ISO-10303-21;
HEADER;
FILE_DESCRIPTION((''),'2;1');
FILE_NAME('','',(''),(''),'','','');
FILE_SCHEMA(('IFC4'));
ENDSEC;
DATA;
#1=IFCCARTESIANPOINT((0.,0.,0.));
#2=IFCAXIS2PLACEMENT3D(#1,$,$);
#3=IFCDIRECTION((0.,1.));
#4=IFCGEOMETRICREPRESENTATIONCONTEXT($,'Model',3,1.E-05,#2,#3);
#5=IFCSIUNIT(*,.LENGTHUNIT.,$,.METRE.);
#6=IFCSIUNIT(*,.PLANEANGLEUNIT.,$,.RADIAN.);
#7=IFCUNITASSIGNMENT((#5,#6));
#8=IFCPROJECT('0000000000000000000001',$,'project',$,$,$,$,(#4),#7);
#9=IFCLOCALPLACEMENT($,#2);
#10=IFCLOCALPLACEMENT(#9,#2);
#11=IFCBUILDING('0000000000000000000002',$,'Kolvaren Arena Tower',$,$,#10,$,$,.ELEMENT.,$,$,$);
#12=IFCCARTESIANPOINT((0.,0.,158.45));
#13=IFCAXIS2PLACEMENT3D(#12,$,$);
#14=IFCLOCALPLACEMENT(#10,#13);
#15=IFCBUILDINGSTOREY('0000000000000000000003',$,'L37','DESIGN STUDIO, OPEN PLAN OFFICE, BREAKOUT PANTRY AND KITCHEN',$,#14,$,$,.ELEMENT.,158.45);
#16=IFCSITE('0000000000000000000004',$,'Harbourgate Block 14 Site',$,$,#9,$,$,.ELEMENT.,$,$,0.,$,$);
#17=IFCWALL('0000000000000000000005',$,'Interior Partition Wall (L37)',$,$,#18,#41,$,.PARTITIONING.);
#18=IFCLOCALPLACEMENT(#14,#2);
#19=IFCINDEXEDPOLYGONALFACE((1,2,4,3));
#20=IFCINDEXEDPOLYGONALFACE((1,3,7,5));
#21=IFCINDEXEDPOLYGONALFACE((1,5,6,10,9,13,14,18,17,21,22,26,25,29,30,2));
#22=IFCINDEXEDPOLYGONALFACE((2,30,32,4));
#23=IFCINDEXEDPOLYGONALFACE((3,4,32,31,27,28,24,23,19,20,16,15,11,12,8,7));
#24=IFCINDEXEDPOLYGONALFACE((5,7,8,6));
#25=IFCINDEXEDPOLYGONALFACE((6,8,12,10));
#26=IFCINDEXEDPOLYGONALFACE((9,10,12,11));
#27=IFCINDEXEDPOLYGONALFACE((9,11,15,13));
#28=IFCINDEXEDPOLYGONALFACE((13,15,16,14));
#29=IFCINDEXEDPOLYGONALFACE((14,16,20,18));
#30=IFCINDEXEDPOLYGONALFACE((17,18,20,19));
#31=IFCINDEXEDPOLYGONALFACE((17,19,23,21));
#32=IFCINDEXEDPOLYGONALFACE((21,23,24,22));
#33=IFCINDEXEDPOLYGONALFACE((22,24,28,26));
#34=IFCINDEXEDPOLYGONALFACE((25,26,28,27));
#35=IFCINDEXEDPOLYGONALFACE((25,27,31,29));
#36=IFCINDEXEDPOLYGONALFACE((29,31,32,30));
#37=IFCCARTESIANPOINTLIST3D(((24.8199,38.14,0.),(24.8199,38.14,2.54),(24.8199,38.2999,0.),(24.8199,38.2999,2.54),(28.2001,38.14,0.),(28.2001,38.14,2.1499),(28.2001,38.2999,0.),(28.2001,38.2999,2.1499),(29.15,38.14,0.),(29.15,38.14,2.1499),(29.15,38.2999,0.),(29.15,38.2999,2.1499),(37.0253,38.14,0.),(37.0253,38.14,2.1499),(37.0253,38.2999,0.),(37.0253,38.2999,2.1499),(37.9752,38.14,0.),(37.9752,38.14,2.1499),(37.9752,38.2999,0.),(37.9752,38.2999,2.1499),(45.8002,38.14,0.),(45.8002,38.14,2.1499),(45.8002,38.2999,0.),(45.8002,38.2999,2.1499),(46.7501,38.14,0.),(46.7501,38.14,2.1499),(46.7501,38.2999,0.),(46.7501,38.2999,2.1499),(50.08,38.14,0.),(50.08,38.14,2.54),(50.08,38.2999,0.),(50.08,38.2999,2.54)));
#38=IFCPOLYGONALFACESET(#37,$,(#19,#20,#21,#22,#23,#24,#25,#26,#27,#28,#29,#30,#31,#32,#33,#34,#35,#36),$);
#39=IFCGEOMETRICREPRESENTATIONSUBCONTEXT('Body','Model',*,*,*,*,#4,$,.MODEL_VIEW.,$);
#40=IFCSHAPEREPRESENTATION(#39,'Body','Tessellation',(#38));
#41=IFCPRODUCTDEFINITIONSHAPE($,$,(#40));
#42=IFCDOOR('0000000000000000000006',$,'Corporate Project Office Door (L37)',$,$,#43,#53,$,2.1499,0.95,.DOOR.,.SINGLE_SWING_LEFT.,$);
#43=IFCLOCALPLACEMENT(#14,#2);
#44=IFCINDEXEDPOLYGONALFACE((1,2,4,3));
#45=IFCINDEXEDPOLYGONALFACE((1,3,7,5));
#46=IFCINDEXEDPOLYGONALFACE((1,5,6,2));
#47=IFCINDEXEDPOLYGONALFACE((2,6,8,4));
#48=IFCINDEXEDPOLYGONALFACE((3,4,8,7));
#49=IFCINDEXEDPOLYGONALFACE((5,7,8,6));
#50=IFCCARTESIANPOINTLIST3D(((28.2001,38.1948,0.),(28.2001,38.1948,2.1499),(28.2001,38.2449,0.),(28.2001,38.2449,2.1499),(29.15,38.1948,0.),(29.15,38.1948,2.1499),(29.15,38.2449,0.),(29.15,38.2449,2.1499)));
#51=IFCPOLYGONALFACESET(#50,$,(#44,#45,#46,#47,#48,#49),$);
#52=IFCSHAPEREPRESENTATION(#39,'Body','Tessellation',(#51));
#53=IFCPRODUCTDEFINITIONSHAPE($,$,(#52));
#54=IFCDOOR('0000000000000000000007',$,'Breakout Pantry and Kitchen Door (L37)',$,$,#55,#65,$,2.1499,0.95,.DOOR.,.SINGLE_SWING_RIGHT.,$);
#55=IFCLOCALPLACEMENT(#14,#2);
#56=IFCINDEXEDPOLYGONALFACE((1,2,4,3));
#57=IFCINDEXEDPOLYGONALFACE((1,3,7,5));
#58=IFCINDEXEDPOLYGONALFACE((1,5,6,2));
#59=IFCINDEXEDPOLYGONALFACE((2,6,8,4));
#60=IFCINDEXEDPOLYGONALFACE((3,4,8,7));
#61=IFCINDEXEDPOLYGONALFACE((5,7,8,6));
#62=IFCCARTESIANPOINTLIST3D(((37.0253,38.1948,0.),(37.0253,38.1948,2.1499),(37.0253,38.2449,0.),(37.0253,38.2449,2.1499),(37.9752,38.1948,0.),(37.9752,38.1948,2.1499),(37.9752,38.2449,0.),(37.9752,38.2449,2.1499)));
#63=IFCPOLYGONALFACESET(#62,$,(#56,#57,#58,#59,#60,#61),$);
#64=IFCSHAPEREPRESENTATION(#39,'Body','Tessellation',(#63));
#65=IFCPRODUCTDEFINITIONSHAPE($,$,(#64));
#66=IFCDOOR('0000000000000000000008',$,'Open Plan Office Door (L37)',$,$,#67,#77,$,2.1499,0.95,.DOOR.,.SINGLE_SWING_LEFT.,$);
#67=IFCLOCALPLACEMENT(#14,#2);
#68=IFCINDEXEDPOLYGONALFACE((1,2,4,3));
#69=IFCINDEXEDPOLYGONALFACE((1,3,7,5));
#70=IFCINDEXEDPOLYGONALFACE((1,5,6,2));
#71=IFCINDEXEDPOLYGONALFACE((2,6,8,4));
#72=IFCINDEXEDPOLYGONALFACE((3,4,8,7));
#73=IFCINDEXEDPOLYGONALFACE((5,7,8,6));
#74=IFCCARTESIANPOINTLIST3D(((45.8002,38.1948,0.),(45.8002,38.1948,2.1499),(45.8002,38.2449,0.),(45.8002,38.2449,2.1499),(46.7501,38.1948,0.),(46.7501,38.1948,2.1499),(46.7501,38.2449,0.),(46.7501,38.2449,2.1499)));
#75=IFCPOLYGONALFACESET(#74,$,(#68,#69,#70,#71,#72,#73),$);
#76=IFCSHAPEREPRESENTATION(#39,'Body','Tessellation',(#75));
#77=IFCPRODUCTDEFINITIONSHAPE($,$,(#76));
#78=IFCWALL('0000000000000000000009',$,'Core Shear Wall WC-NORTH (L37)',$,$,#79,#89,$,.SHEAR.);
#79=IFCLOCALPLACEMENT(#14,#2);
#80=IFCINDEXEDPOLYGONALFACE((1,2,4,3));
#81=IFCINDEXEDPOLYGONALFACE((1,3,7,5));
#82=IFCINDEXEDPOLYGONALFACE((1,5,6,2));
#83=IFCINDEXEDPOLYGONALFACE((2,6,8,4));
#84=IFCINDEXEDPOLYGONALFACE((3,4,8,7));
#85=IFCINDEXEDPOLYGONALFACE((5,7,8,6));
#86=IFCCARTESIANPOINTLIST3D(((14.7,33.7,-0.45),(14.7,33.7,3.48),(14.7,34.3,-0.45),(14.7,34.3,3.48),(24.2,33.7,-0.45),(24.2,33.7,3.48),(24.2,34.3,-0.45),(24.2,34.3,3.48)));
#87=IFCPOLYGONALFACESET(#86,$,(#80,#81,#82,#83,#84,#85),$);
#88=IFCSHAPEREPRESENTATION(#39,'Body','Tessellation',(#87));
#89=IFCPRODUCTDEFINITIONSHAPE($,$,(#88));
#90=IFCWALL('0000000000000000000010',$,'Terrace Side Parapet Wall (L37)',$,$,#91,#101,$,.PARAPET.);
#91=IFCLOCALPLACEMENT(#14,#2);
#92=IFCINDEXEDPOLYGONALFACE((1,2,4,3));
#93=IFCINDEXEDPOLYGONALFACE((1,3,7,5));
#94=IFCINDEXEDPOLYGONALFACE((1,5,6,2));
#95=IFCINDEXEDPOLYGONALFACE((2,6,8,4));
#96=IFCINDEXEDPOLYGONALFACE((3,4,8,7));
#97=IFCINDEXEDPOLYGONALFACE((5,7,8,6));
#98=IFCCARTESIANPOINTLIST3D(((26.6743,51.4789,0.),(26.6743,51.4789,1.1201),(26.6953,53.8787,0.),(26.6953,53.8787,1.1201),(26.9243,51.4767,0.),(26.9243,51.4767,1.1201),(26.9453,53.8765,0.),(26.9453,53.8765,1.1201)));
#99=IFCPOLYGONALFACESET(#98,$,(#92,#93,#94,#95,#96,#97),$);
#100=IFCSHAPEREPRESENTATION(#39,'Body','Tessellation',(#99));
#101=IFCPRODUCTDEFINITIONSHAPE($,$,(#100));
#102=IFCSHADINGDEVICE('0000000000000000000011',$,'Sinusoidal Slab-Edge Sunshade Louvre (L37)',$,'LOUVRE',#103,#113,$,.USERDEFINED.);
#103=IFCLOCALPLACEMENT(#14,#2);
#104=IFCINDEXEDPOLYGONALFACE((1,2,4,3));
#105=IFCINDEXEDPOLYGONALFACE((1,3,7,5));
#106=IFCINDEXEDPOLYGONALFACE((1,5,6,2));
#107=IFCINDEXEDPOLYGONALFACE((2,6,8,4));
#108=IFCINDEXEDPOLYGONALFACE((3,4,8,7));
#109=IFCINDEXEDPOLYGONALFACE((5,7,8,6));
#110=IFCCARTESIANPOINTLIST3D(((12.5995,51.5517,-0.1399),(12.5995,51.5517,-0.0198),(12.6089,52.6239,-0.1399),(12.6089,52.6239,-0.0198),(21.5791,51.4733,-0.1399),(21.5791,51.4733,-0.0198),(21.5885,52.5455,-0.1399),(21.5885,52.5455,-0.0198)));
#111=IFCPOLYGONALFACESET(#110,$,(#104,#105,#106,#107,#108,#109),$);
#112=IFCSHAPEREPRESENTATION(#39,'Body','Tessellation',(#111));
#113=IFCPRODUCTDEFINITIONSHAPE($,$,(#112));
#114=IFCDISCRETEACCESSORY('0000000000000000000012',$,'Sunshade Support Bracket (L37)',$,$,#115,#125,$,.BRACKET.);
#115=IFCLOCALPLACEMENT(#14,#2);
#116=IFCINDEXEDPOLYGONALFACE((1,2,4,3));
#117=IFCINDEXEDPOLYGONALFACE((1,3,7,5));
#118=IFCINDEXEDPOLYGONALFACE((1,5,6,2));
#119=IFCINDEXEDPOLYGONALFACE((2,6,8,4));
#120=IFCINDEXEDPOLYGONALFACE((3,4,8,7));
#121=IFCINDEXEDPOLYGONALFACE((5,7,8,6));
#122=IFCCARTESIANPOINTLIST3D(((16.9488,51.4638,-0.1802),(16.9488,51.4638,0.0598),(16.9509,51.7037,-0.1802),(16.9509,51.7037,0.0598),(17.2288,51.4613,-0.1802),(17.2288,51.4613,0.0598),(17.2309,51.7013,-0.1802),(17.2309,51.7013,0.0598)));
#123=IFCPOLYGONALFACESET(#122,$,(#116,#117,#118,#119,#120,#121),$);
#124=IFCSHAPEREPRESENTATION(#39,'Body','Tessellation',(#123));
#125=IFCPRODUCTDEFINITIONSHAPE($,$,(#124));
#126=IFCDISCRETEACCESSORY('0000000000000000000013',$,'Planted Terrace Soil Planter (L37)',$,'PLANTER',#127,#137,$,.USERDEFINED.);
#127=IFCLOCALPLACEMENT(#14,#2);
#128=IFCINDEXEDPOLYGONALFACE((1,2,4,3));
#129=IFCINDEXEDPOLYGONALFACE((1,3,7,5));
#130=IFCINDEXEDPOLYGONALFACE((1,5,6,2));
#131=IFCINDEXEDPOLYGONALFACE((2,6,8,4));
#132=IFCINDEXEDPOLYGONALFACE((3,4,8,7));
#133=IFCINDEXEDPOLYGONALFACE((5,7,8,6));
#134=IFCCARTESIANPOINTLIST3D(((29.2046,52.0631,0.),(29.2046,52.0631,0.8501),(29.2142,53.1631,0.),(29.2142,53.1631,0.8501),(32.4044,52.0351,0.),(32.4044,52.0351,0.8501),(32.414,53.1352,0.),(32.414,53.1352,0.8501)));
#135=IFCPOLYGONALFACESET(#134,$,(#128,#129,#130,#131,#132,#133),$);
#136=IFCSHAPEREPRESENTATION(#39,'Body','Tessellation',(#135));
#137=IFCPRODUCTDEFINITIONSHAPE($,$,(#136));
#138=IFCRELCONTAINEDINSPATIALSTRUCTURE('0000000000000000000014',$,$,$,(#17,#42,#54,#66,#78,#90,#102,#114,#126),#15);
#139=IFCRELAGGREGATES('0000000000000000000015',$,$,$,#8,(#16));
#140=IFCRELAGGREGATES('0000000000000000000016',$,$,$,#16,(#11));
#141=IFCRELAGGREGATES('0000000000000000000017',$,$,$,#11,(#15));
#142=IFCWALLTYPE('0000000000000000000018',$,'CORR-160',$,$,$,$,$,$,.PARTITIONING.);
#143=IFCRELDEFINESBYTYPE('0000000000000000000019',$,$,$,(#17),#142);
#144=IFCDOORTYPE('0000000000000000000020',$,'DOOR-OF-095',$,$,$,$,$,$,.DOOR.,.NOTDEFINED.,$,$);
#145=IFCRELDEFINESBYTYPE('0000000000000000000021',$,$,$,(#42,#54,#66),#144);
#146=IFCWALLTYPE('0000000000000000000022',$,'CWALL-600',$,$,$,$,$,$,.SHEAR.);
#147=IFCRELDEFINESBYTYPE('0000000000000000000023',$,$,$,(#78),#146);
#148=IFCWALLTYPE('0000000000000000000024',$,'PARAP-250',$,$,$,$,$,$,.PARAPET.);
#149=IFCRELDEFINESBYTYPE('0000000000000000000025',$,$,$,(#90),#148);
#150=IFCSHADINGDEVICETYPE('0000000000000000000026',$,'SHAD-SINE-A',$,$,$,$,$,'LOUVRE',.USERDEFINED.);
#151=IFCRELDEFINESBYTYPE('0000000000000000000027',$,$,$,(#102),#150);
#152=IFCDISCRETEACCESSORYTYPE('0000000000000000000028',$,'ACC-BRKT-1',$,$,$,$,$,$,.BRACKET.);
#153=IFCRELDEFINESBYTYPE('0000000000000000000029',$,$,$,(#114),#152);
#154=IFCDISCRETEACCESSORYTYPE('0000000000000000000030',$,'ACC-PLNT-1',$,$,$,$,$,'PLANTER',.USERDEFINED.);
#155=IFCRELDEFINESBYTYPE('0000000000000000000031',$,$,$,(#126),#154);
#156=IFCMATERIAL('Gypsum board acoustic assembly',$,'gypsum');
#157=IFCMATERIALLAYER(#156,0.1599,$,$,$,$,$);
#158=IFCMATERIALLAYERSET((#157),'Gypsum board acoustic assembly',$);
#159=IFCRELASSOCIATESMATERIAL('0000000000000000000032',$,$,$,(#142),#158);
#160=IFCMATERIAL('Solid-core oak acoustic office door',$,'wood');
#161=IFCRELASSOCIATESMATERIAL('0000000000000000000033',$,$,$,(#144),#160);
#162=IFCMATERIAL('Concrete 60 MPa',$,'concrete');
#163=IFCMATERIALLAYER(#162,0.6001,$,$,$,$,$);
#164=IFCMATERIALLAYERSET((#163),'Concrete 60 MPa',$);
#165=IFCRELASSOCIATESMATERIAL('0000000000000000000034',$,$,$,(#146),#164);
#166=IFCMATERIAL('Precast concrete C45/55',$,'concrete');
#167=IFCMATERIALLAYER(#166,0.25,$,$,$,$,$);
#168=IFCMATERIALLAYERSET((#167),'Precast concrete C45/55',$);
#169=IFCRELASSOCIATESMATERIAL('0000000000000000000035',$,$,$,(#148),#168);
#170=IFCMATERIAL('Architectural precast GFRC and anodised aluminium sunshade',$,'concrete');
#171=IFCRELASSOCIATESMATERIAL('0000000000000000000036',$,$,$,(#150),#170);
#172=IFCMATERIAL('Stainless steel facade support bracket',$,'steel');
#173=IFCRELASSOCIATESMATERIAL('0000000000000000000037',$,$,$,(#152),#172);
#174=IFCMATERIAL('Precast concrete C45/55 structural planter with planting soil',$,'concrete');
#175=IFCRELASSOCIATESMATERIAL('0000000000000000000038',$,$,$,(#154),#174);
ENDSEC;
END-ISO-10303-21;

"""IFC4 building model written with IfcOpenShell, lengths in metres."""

from ifc_helpers import new_model, si_unit, direction, frame, frame_2d, origin, origin_2d, place, context, subcontext, project, spatial, rectangle, extrude, material, layer, layer_set, type_object, element, fill, save


model = new_model("IFC4")

# Units and contexts
model_context = context("Model", 3, precision=1e-05, world=origin(), true_north=direction((0.0, 1.0)))
body_context = subcontext(model_context, "Body", "Model", "MODEL_VIEW")
ifc_project = project(units=[si_unit("LENGTHUNIT", "METRE"), si_unit("PLANEANGLEUNIT", "RADIAN")], contexts=[model_context])

# Site, building, storey
site_placement = place(None, origin())
site = spatial("IfcSite", under=ifc_project, at=site_placement, Name="Harbourgate Block 14 Site", CompositionType="ELEMENT", RefElevation=0.0)
building_placement = place(site_placement, origin())
building = spatial("IfcBuilding", under=site, at=building_placement, Name="Kolvaren Arena Tower", CompositionType="ELEMENT")
storey_placement = place(building_placement, frame((0.0, 0.0, 158.45)))
storey = spatial("IfcBuildingStorey", under=building, at=storey_placement, Name="L37", Description="DESIGN STUDIO, OPEN PLAN OFFICE, BREAKOUT PANTRY AND KITCHEN", CompositionType="ELEMENT", Elevation=158.45)

# Shared definitions
ifc_material_1 = material(Name="Gypsum board acoustic assembly", Category="gypsum")
ifc_layer_1 = layer(ifc_material_1, 0.1599)
ifc_layer_set_1 = layer_set([ifc_layer_1], Name="Gypsum board acoustic assembly")
wall_type_1 = type_object("IfcWallType", Name="CORR-160", PredefinedType="PARTITIONING", material=ifc_layer_set_1)

# Wall, openings, doors
wall_1_placement = place(storey_placement, frame((24.8201, 38.22, 0.0), z_axis=(0.0, 0.0, 1.0), x_axis=(1.0, 0.0, 0.0)))
wall_1 = element("IfcWall", 1, at=wall_1_placement, inside=storey, type_object=wall_type_1, Name="Interior Partition Wall (L37)", PredefinedType="PARTITIONING", context=body_context, shape_type="SweptSolid", body=[
    extrude(rectangle(XDim=25.26, YDim=0.1599, at=frame_2d((12.6299, 0.0))), origin(), (0.0, 0.0, 1.0), 2.54),
])
opening_1_placement = place(wall_1_placement, frame((3.3799, 0.0, 0.0)))
opening_1 = element("IfcOpeningElement", 2, at=opening_1_placement, cuts=wall_1, PredefinedType="OPENING", context=body_context, shape_type="SweptSolid", body=[
    extrude(rectangle(XDim=0.95, YDim=2.1499, at=frame_2d((0.4751, 1.075))), frame((0.0, 0.0898, 0.0), z_axis=(0.0, -1.0, 0.0), x_axis=(1.0, 0.0, 0.0)), (0.0, 0.0, 1.0), 0.1799),
])
opening_2_placement = place(wall_1_placement, frame((12.2051, 0.0, 0.0)))
opening_2 = element("IfcOpeningElement", 3, at=opening_2_placement, cuts=wall_1, PredefinedType="OPENING", context=body_context, shape_type="SweptSolid", body=[
    extrude(rectangle(XDim=0.95, YDim=2.1499, at=frame_2d((0.4751, 1.075))), frame((0.0, 0.0898, 0.0), z_axis=(0.0, -1.0, 0.0), x_axis=(1.0, 0.0, 0.0)), (0.0, 0.0, 1.0), 0.1799),
])
opening_3_placement = place(wall_1_placement, frame((20.98, 0.0, 0.0)))
opening_3 = element("IfcOpeningElement", 4, at=opening_3_placement, cuts=wall_1, PredefinedType="OPENING", context=body_context, shape_type="SweptSolid", body=[
    extrude(rectangle(XDim=0.95, YDim=2.1499, at=frame_2d((0.4751, 1.075))), frame((0.0, 0.0898, 0.0), z_axis=(0.0, -1.0, 0.0), x_axis=(1.0, 0.0, 0.0)), (0.0, 0.0, 1.0), 0.1799),
])
ifc_material_2 = material(Name="Solid-core oak acoustic office door", Category="wood")
door_type = type_object("IfcDoorType", Name="DOOR-OF-095", OperationType="NOTDEFINED", PredefinedType="DOOR", material=ifc_material_2)
door_1_placement = place(opening_1_placement, origin())
door_1 = element("IfcDoor", 5, at=door_1_placement, inside=storey, type_object=door_type, Name="Corporate Project Office Door (L37)", OperationType="SINGLE_SWING_LEFT", OverallHeight=2.1499, OverallWidth=0.95, PredefinedType="DOOR", context=body_context, shape_type="SweptSolid", body=[
    extrude(rectangle(XDim=0.95, YDim=2.1499, at=frame_2d((0.4751, 1.075))), frame((0.0, 0.0249, 0.0), z_axis=(0.0, -1.0, 0.0), x_axis=(1.0, 0.0, 0.0)), (0.0, 0.0, 1.0), 0.05),
])
fill(opening_1, door_1)
door_2_placement = place(opening_2_placement, origin())
door_2 = element("IfcDoor", 6, at=door_2_placement, inside=storey, type_object=door_type, Name="Breakout Pantry and Kitchen Door (L37)", OperationType="SINGLE_SWING_RIGHT", OverallHeight=2.1499, OverallWidth=0.95, PredefinedType="DOOR", context=body_context, shape_type="SweptSolid", body=[
    extrude(rectangle(XDim=0.95, YDim=2.1499, at=frame_2d((0.4751, 1.075))), frame((0.0, 0.0249, 0.0), z_axis=(0.0, -1.0, 0.0), x_axis=(1.0, 0.0, 0.0)), (0.0, 0.0, 1.0), 0.05),
])
fill(opening_2, door_2)
door_3_placement = place(opening_3_placement, origin())
door_3 = element("IfcDoor", 7, at=door_3_placement, inside=storey, type_object=door_type, Name="Open Plan Office Door (L37)", OperationType="SINGLE_SWING_LEFT", OverallHeight=2.1499, OverallWidth=0.95, PredefinedType="DOOR", context=body_context, shape_type="SweptSolid", body=[
    extrude(rectangle(XDim=0.95, YDim=2.1499, at=frame_2d((0.4751, 1.075))), frame((0.0, 0.0249, 0.0), z_axis=(0.0, -1.0, 0.0), x_axis=(1.0, 0.0, 0.0)), (0.0, 0.0, 1.0), 0.05),
])
fill(opening_3, door_3)

# Walls
ifc_material_3 = material(Name="Concrete 60 MPa", Category="concrete")
ifc_layer_2 = layer(ifc_material_3, 0.6001)
ifc_layer_set_2 = layer_set([ifc_layer_2], Name="Concrete 60 MPa")
wall_type_2 = type_object("IfcWallType", Name="CWALL-600", PredefinedType="SHEAR", material=ifc_layer_set_2)
wall_2_placement = place(storey_placement, frame((14.7, 34.0, -0.45), z_axis=(0.0, 0.0, 1.0), x_axis=(1.0, 0.0, 0.0)))
element("IfcWall", 8, at=wall_2_placement, inside=storey, type_object=wall_type_2, Name="Core Shear Wall WC-NORTH (L37)", PredefinedType="SHEAR", context=body_context, shape_type="SweptSolid", body=[
    extrude(rectangle(XDim=9.5, YDim=0.6001, at=frame_2d((4.75, 0.0))), origin(), (0.0, 0.0, 1.0), 3.9299),
])
ifc_material_4 = material(Name="Precast concrete C45/55", Category="concrete")
ifc_layer_3 = layer(ifc_material_4, 0.25)
ifc_layer_set_3 = layer_set([ifc_layer_3], Name="Precast concrete C45/55")
wall_type_3 = type_object("IfcWallType", Name="PARAP-250", PredefinedType="PARAPET", material=ifc_layer_set_3)
wall_3_placement = place(storey_placement, frame((26.7993, 51.4778, 0.0), z_axis=(0.0, 0.0, 1.0), x_axis=(0.008748, 0.999962, 0.0)))
element("IfcWall", 9, at=wall_3_placement, inside=storey, type_object=wall_type_3, Name="Terrace Side Parapet Wall (L37)", PredefinedType="PARAPET", context=body_context, shape_type="SweptSolid", body=[
    extrude(rectangle(XDim=2.3999, YDim=0.25, at=frame_2d((1.2, 0.0))), origin(), (0.0, 0.0, 1.0), 1.1201),
])

# Shading device
ifc_material_5 = material(Name="Architectural precast GFRC and anodised aluminium sunshade", Category="concrete")
shading_device_type = type_object("IfcShadingDeviceType", Name="SHAD-SINE-A", ElementType="LOUVRE", PredefinedType="USERDEFINED", material=ifc_material_5)
shading_device_placement = place(storey_placement, frame((17.094, 52.0486, -0.1399), z_axis=(0.0, 0.0, 1.0), x_axis=(0.999962, -0.008727, 0.0)))
element("IfcShadingDevice", 10, at=shading_device_placement, inside=storey, type_object=shading_device_type, Name="Sinusoidal Slab-Edge Sunshade Louvre (L37)", ObjectType="LOUVRE", PredefinedType="USERDEFINED", context=body_context, shape_type="SweptSolid", body=[
    extrude(rectangle(XDim=8.98, YDim=1.0723, at=origin_2d()), origin(), (0.0, 0.0, 1.0), 0.1201),
])

# Discrete accessories
ifc_material_6 = material(Name="Stainless steel facade support bracket", Category="steel")
discrete_accessory_type_1 = type_object("IfcDiscreteAccessoryType", Name="ACC-BRKT-1", PredefinedType="BRACKET", material=ifc_material_6)
discrete_accessory_1_placement = place(storey_placement, frame((17.0898, 51.5825, -0.1802), z_axis=(0.0, 0.0, 1.0), x_axis=(0.999962, -0.008727, 0.0)))
element("IfcDiscreteAccessory", 11, at=discrete_accessory_1_placement, inside=storey, type_object=discrete_accessory_type_1, Name="Sunshade Support Bracket (L37)", PredefinedType="BRACKET", context=body_context, shape_type="SweptSolid", body=[
    extrude(rectangle(XDim=0.28, YDim=0.24, at=origin_2d()), origin(), (0.0, 0.0, 1.0), 0.24),
])
ifc_material_7 = material(Name="Precast concrete C45/55 structural planter with planting soil", Category="concrete")
discrete_accessory_type_2 = type_object("IfcDiscreteAccessoryType", Name="ACC-PLNT-1", ElementType="PLANTER", PredefinedType="USERDEFINED", material=ifc_material_7)
discrete_accessory_2_placement = place(storey_placement, frame((30.8093, 52.5991, 0.0), z_axis=(0.0, 0.0, 1.0), x_axis=(0.999962, -0.008727, 0.0)))
element("IfcDiscreteAccessory", 12, at=discrete_accessory_2_placement, inside=storey, type_object=discrete_accessory_type_2, Name="Planted Terrace Soil Planter (L37)", ObjectType="PLANTER", PredefinedType="USERDEFINED", context=body_context, shape_type="SweptSolid", body=[
    extrude(rectangle(XDim=3.2, YDim=1.1001, at=origin_2d()), origin(), (0.0, 0.0, 1.0), 0.8501),
])

save(model, "model.ifc")
